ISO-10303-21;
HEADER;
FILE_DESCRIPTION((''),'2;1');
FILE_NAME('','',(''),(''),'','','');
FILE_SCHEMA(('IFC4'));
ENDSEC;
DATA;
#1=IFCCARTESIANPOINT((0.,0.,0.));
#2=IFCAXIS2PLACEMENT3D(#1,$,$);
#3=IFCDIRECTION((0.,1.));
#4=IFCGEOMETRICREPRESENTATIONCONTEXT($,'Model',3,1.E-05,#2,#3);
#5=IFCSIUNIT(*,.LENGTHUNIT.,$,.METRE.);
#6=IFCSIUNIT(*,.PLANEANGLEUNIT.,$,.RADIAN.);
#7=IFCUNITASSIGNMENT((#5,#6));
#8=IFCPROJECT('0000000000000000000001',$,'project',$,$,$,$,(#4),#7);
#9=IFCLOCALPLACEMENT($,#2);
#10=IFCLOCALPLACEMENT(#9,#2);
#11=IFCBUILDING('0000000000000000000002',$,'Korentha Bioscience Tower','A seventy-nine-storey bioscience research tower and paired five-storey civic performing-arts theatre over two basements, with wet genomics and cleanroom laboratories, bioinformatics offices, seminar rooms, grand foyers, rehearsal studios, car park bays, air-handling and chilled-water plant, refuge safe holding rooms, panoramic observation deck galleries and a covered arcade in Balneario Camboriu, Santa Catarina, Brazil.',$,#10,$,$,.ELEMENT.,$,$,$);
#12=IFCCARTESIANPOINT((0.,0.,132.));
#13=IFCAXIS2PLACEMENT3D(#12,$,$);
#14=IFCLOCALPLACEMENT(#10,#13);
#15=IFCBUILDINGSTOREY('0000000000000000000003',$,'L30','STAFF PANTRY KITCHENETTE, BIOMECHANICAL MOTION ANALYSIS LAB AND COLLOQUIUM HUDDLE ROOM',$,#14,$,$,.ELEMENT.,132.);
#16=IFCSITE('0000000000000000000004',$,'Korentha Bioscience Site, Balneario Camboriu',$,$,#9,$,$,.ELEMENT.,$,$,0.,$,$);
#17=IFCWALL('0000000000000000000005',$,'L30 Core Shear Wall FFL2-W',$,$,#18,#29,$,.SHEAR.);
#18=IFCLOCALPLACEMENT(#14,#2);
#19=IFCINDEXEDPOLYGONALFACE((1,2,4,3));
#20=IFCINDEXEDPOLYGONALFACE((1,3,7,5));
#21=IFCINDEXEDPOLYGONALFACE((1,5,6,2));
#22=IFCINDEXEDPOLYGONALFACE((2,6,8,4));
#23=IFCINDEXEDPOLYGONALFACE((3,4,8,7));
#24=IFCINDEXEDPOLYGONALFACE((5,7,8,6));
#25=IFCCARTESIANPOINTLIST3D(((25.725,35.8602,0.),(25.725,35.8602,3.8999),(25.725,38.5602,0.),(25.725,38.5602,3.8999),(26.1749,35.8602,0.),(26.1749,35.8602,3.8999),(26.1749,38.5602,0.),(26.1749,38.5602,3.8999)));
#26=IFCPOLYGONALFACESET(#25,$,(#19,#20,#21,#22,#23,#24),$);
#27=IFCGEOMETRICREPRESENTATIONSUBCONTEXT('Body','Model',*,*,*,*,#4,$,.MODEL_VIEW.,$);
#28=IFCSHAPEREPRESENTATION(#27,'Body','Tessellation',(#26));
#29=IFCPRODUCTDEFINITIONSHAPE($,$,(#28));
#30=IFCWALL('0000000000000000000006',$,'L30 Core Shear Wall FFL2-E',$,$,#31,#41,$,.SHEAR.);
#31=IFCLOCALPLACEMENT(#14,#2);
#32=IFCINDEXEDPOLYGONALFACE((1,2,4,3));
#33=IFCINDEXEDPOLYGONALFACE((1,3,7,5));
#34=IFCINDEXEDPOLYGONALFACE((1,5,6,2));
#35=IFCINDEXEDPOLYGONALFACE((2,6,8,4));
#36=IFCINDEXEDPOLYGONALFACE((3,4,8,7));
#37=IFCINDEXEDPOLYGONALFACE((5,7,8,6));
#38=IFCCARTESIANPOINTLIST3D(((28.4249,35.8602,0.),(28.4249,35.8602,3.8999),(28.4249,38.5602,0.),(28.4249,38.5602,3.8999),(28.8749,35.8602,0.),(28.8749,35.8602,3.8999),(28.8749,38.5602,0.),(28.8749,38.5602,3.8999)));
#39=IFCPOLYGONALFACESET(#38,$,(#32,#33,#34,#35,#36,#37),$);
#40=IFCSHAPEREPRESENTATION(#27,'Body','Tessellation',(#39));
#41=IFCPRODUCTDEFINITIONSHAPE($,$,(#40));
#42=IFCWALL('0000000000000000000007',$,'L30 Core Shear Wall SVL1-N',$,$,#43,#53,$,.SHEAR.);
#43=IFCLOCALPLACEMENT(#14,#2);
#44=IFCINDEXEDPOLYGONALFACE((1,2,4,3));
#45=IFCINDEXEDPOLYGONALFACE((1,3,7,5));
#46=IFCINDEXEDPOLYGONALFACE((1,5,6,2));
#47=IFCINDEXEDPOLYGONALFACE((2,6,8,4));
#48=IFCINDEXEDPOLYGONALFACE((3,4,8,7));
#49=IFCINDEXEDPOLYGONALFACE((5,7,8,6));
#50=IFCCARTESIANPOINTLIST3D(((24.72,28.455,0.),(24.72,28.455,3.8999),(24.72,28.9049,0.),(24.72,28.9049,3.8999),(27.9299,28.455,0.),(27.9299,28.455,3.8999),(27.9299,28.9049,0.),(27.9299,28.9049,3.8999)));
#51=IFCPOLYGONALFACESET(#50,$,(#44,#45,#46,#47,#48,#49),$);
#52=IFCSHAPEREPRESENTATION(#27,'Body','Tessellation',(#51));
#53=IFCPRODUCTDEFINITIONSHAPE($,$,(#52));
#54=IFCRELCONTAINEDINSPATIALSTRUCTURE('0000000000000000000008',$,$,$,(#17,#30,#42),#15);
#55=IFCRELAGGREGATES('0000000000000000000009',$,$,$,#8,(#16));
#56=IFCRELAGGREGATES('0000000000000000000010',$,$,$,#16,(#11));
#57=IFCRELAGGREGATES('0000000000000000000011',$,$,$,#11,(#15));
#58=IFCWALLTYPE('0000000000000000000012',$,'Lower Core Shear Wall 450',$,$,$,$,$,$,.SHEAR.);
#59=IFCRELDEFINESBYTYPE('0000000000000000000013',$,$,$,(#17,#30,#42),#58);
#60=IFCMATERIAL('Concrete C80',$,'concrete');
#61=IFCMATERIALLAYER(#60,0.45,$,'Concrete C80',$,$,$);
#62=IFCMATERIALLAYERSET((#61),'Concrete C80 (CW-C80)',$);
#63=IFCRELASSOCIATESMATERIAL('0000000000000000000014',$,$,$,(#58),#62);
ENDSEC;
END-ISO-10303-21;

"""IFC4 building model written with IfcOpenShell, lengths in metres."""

from ifc_helpers import new_model, si_unit, direction, frame, frame_2d, origin, place, context, subcontext, project, spatial, rectangle, extrude, material, layer, layer_set, type_object, element, save


model = new_model("IFC4")

# Units and contexts
model_context = context("Model", 3, precision=1e-05, world=origin(), true_north=direction((0.0, 1.0)))
body_context = subcontext(model_context, "Body", "Model", "MODEL_VIEW")
ifc_project = project(units=[si_unit("LENGTHUNIT", "METRE"), si_unit("PLANEANGLEUNIT", "RADIAN")], contexts=[model_context])

# Site, building, storey
site_placement = place(None, origin())
site = spatial("IfcSite", under=ifc_project, at=site_placement, Name="Korentha Bioscience Site, Balneario Camboriu", CompositionType="ELEMENT", RefElevation=0.0)
building_placement = place(site_placement, origin())
building = spatial("IfcBuilding", under=site, at=building_placement, Name="Korentha Bioscience Tower", Description="A seventy-nine-storey bioscience research tower and paired five-storey civic performing-arts theatre over two basements, with wet genomics and cleanroom laboratories, bioinformatics offices, seminar rooms, grand foyers, rehearsal studios, car park bays, air-handling and chilled-water plant, refuge safe holding rooms, panoramic observation deck galleries and a covered arcade in Balneario Camboriu, Santa Catarina, Brazil.", CompositionType="ELEMENT")
storey_placement = place(building_placement, frame((0.0, 0.0, 132.0)))
storey = spatial("IfcBuildingStorey", under=building, at=storey_placement, Name="L30", Description="STAFF PANTRY KITCHENETTE, BIOMECHANICAL MOTION ANALYSIS LAB AND COLLOQUIUM HUDDLE ROOM", CompositionType="ELEMENT", Elevation=132.0)

# Shared definitions
ifc_material_1 = material(Name="Concrete C80", Category="concrete")
ifc_layer_1 = layer(ifc_material_1, 0.45, Name="Concrete C80")
ifc_layer_set_1 = layer_set([ifc_layer_1], Name="Concrete C80 (CW-C80)")
wall_type_1 = type_object("IfcWallType", Name="Lower Core Shear Wall 450", PredefinedType="SHEAR", material=ifc_layer_set_1)

# Walls
for number, where, z_axis, x_axis, name in (
    (1, (25.95, 35.8601, 0.0), (0.0, 0.0, 1.0), (0.0, 1.0, 0.0), "L30 Core Shear Wall FFL2-W"),
    (2, (28.6499, 35.8601, 0.0), (0.0, 0.0, 1.0), (0.0, 1.0, 0.0), "L30 Core Shear Wall FFL2-E"),
):
    element("IfcWall", number, at=place(storey_placement, frame(where, z_axis=z_axis, x_axis=x_axis)), inside=storey, type_object=wall_type_1, Name=name, PredefinedType="SHEAR", context=body_context, shape_type="SweptSolid", body=[
        extrude(rectangle(XDim=2.7, YDim=0.45, at=frame_2d((1.3501, 0.0))), origin(), (0.0, 0.0, 1.0), 3.8999),
    ])
wall_1_placement = place(storey_placement, frame((24.72, 28.6799, 0.0), z_axis=(0.0, 0.0, 1.0), x_axis=(1.0, 0.0, 0.0)))
element("IfcWall", 3, at=wall_1_placement, inside=storey, type_object=wall_type_1, Name="L30 Core Shear Wall SVL1-N", PredefinedType="SHEAR", context=body_context, shape_type="SweptSolid", body=[
    extrude(rectangle(XDim=3.21, YDim=0.45, at=frame_2d((1.605, 0.0))), origin(), (0.0, 0.0, 1.0), 3.8999),
])

save(model, "model.ifc")
